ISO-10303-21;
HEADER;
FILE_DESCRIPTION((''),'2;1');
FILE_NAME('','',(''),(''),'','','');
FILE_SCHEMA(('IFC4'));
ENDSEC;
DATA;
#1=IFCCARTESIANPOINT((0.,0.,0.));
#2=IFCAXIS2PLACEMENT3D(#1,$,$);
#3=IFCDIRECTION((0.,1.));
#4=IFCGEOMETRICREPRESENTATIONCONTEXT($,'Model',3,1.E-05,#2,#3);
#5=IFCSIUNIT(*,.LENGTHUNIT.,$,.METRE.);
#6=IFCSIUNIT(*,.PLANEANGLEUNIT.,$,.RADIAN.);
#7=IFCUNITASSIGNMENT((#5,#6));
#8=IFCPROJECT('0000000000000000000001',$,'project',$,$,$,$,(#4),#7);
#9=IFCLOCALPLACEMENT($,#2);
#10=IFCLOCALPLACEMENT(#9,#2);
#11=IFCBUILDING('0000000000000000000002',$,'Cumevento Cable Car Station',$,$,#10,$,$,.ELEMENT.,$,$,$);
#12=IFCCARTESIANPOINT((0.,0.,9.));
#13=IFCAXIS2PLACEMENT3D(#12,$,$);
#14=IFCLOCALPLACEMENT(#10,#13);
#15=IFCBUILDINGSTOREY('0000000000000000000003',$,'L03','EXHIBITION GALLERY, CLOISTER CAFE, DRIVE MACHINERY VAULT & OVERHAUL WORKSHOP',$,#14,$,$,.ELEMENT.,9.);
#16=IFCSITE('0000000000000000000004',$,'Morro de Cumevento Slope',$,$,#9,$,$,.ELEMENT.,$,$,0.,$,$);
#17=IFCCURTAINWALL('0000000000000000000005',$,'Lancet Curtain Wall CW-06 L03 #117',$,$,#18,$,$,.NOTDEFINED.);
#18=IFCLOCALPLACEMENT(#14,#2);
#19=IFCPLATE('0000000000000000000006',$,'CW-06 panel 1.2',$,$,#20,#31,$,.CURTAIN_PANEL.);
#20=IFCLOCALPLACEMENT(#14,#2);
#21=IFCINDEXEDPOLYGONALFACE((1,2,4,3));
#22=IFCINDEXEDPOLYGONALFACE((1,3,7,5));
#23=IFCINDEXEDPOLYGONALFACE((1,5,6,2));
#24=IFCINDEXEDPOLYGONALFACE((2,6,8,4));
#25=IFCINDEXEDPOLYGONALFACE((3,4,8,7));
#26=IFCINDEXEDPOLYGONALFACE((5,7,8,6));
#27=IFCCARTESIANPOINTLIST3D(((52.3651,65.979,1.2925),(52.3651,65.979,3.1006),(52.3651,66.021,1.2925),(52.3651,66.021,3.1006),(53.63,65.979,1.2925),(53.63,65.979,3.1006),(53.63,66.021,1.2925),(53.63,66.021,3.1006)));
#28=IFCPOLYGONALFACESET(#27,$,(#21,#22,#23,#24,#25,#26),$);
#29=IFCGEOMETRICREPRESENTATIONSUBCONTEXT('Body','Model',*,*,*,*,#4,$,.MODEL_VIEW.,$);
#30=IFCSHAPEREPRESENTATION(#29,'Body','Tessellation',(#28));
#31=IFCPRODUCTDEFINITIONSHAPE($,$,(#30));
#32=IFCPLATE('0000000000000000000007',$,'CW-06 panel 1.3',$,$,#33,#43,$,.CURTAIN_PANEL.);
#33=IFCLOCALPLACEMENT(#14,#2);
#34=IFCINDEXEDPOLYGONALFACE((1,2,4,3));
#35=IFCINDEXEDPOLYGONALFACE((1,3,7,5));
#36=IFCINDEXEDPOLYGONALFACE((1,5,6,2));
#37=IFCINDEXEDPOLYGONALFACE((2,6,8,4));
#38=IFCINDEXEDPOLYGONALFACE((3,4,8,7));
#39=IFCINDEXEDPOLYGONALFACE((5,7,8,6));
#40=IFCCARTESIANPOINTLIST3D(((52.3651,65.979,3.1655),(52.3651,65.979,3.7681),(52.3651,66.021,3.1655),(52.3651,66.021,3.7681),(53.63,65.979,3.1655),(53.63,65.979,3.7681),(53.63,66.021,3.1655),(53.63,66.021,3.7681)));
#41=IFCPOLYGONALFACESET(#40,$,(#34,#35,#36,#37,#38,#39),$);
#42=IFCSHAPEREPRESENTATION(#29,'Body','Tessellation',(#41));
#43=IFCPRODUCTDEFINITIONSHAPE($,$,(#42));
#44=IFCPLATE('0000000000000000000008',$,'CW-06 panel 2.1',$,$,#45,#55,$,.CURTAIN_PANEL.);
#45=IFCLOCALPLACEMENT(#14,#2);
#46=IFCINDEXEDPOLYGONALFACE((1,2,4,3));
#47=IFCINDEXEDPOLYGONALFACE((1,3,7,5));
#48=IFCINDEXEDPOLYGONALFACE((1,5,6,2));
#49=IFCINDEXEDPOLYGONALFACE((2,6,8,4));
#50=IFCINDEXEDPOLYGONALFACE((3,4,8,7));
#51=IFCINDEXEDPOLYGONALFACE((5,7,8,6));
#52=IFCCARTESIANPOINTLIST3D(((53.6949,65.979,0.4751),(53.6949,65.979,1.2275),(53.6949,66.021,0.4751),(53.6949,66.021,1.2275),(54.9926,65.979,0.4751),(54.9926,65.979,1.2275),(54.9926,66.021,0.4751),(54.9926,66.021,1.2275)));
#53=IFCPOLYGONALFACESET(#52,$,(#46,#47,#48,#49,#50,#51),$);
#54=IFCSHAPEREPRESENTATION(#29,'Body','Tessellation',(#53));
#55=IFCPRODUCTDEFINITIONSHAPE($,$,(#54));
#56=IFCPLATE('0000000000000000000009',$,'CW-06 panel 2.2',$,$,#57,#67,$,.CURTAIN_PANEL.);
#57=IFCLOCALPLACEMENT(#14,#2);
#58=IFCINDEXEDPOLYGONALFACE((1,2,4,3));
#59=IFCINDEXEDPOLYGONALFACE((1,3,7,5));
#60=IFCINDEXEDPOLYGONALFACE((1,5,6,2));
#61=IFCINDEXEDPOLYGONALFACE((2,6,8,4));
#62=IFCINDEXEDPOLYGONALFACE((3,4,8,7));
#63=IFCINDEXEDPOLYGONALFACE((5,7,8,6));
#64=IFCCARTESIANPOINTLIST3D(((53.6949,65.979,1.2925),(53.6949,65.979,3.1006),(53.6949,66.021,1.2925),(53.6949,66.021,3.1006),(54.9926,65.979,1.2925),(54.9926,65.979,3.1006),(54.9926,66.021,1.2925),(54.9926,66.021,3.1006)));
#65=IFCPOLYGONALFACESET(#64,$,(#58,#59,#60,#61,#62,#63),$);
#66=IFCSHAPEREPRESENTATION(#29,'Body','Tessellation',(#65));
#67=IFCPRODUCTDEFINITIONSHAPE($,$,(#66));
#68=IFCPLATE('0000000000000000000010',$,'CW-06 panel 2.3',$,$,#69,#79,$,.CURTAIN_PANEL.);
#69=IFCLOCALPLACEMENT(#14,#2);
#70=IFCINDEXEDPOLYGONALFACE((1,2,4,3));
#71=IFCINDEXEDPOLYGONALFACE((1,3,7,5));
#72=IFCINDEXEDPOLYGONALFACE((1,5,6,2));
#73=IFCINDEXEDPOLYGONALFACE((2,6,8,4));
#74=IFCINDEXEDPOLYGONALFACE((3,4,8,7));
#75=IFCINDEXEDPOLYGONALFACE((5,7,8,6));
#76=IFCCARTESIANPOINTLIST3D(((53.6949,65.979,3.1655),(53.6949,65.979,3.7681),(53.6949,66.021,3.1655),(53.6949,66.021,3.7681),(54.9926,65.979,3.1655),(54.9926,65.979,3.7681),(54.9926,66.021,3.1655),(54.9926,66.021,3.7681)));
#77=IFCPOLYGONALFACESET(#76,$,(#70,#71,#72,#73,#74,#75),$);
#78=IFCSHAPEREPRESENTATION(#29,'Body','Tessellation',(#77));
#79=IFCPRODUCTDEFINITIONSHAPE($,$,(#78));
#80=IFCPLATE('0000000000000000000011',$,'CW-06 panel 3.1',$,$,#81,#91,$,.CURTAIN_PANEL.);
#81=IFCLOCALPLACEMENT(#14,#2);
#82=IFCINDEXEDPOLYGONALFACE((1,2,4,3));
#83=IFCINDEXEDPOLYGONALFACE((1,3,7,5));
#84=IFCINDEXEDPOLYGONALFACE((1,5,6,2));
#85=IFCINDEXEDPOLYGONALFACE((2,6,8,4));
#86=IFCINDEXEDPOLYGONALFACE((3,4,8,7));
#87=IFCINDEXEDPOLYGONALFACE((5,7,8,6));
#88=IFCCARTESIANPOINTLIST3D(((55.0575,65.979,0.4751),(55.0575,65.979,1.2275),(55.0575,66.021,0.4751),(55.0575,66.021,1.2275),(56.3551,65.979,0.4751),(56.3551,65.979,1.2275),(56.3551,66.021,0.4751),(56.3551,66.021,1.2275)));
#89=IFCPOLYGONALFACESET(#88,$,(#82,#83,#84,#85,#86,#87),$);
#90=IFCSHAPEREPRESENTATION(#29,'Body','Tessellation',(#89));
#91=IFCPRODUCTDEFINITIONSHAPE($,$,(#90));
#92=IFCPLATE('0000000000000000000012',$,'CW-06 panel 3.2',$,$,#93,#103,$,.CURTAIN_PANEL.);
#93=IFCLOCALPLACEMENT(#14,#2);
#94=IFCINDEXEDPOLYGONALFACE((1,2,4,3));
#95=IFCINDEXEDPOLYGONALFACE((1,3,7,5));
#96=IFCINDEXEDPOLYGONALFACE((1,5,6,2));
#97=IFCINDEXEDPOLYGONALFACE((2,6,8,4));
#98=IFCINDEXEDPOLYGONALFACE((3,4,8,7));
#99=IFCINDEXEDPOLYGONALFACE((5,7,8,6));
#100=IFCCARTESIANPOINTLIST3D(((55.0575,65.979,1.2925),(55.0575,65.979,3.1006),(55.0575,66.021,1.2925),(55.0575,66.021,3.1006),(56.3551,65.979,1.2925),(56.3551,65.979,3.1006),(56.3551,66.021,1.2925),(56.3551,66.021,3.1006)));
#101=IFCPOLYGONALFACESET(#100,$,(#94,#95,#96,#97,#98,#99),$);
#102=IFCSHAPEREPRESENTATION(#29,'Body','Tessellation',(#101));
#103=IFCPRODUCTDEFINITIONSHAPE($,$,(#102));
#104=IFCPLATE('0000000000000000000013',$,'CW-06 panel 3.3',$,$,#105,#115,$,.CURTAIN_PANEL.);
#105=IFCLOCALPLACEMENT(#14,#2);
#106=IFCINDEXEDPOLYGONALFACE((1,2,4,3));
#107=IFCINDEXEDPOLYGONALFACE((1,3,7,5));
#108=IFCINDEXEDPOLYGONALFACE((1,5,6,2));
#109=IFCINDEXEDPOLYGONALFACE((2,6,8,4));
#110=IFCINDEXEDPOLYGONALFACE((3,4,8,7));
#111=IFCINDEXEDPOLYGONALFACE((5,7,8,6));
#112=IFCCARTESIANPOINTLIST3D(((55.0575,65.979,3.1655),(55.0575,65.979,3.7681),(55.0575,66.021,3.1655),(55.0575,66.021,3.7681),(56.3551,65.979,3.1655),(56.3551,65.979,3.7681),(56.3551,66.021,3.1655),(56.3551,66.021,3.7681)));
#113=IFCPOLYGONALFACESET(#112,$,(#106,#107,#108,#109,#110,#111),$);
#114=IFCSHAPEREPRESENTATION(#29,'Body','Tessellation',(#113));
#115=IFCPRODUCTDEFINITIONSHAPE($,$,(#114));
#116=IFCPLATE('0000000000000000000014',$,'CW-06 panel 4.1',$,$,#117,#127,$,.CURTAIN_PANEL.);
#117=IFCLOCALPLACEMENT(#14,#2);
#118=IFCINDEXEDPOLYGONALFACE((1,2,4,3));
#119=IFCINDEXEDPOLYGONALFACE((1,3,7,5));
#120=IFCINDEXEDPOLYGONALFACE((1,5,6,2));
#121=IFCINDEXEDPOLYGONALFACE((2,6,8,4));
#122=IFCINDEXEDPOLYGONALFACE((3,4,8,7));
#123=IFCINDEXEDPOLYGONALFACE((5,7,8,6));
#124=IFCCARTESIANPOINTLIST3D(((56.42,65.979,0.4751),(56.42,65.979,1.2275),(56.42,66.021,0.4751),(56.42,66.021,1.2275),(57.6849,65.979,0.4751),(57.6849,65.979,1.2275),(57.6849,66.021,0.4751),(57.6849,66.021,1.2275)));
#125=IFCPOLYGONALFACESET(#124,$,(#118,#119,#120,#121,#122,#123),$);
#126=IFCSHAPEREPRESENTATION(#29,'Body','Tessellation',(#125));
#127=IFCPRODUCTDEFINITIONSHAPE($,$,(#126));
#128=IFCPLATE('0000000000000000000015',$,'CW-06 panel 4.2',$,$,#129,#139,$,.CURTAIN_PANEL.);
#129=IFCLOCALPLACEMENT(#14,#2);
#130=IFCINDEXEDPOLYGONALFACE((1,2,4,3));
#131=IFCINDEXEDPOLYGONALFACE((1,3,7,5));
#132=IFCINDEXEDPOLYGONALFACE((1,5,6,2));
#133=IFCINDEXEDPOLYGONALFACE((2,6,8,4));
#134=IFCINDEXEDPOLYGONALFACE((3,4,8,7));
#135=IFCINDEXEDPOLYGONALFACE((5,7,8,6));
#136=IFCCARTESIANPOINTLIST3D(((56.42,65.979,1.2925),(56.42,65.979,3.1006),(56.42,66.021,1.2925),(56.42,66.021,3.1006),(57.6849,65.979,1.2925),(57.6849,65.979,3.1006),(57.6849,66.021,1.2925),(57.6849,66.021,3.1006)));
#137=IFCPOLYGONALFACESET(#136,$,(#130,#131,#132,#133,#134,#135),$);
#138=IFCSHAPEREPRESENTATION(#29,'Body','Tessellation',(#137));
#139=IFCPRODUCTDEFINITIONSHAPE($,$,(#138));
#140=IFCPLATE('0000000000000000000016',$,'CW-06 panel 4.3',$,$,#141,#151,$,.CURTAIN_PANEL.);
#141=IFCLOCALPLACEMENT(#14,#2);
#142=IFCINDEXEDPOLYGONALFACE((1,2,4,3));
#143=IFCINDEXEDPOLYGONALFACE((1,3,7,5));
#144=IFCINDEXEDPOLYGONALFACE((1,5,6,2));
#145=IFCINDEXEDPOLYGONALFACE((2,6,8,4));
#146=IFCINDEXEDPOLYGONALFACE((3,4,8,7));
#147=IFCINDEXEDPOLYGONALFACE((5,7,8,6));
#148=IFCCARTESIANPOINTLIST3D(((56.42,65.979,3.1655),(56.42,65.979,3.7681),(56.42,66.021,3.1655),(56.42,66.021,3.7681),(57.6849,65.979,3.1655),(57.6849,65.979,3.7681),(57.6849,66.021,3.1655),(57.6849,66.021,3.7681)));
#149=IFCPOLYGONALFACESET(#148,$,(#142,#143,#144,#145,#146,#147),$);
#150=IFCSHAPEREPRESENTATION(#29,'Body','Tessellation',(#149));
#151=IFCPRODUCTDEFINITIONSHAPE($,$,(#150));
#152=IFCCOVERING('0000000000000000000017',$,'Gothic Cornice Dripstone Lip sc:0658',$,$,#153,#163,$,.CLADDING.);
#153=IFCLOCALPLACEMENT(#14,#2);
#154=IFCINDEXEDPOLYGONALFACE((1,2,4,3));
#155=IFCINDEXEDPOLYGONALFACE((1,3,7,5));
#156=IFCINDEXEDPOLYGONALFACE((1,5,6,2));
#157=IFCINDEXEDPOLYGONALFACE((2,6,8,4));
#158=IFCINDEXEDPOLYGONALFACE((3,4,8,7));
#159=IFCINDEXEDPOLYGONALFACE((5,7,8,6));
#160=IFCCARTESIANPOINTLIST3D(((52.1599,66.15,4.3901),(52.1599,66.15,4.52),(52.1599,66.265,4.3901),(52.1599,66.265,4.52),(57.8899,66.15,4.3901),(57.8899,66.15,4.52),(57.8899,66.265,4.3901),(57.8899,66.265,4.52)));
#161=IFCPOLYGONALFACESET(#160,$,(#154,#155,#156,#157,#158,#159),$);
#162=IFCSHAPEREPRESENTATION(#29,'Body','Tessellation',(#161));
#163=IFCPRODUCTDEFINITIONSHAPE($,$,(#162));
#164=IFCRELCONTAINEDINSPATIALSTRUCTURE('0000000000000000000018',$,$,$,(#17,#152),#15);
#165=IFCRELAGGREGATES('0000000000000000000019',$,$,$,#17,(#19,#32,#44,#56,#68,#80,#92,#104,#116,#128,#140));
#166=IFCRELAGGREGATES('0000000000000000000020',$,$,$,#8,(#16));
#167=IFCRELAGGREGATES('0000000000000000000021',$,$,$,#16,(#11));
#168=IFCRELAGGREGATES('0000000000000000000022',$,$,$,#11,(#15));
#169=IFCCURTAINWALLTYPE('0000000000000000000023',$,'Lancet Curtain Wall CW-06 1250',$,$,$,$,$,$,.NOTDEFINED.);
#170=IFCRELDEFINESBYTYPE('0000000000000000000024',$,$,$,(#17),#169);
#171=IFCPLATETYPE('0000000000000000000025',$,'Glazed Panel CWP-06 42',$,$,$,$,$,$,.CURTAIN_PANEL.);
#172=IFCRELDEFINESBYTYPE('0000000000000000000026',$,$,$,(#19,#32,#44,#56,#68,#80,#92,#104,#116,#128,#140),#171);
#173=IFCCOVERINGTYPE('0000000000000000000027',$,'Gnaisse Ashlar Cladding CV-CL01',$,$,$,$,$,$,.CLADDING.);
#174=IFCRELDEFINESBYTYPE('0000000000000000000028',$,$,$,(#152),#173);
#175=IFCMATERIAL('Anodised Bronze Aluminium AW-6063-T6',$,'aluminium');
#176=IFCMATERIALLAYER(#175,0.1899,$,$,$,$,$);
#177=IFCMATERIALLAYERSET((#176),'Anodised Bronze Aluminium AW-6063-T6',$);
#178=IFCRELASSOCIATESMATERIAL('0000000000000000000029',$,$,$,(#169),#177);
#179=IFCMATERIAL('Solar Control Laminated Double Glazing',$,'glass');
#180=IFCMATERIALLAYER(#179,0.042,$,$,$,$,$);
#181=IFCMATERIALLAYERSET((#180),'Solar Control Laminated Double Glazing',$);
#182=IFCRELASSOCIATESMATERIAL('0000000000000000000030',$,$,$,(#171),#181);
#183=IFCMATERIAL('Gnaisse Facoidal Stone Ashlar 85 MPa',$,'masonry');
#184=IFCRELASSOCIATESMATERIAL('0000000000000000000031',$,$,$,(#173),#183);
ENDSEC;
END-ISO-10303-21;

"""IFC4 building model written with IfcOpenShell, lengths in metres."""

from ifc_helpers import new_model, si_unit, direction, frame, origin, origin_2d, place, context, subcontext, project, spatial, rectangle, extrude, material, layer, layer_set, type_object, element, aggregate, save


model = new_model("IFC4")

# Units and contexts
model_context = context("Model", 3, precision=1e-05, world=origin(), true_north=direction((0.0, 1.0)))
body_context = subcontext(model_context, "Body", "Model", "MODEL_VIEW")
ifc_project = project(units=[si_unit("LENGTHUNIT", "METRE"), si_unit("PLANEANGLEUNIT", "RADIAN")], contexts=[model_context])

# Site, building, storey
site_placement = place(None, origin())
site = spatial("IfcSite", under=ifc_project, at=site_placement, Name="Morro de Cumevento Slope", CompositionType="ELEMENT", RefElevation=0.0)
building_placement = place(site_placement, origin())
building = spatial("IfcBuilding", under=site, at=building_placement, Name="Cumevento Cable Car Station", CompositionType="ELEMENT")
storey_placement = place(building_placement, frame((0.0, 0.0, 9.0)))
storey = spatial("IfcBuildingStorey", under=building, at=storey_placement, Name="L03", Description="EXHIBITION GALLERY, CLOISTER CAFE, DRIVE MACHINERY VAULT & OVERHAUL WORKSHOP", CompositionType="ELEMENT", Elevation=9.0)

# Curtain wall, plates
ifc_material_1 = material(Name="Anodised Bronze Aluminium AW-6063-T6", Category="aluminium")
ifc_layer_1 = layer(ifc_material_1, 0.1899)
ifc_layer_set_1 = layer_set([ifc_layer_1], Name="Anodised Bronze Aluminium AW-6063-T6")
curtain_wall_type = type_object("IfcCurtainWallType", Name="Lancet Curtain Wall CW-06 1250", PredefinedType="NOTDEFINED", material=ifc_layer_set_1)
curtain_wall_placement = place(storey_placement, origin())
curtain_wall = element("IfcCurtainWall", 1, at=curtain_wall_placement, inside=storey, type_object=curtain_wall_type, Name="Lancet Curtain Wall CW-06 L03 #117", PredefinedType="NOTDEFINED")
ifc_material_2 = material(Name="Solar Control Laminated Double Glazing", Category="glass")
ifc_layer_2 = layer(ifc_material_2, 0.042)
ifc_layer_set_2 = layer_set([ifc_layer_2], Name="Solar Control Laminated Double Glazing")
plate_type = type_object("IfcPlateType", Name="Glazed Panel CWP-06 42", PredefinedType="CURTAIN_PANEL", material=ifc_layer_set_2)
plate_1_placement = place(storey_placement, frame((52.9976, 66.0, 1.2925), z_axis=(0.0, 0.0, 1.0), x_axis=(1.0, 0.0, 0.0)))
plate_1 = element("IfcPlate", 2, at=plate_1_placement, type_object=plate_type, Name="CW-06 panel 1.2", PredefinedType="CURTAIN_PANEL", context=body_context, shape_type="SweptSolid", body=[
    extrude(rectangle(XDim=1.2649, YDim=0.042, at=origin_2d()), origin(), (0.0, 0.0, 1.0), 1.8081),
])
plate_2_placement = place(storey_placement, frame((52.9976, 66.0, 3.1655), z_axis=(0.0, 0.0, 1.0), x_axis=(1.0, 0.0, 0.0)))
plate_2 = element("IfcPlate", 3, at=plate_2_placement, type_object=plate_type, Name="CW-06 panel 1.3", PredefinedType="CURTAIN_PANEL", context=body_context, shape_type="SweptSolid", body=[
    extrude(rectangle(XDim=1.2649, YDim=0.042, at=origin_2d()), origin(), (0.0, 0.0, 1.0), 0.6025),
])
plate_3_placement = place(storey_placement, frame((54.3438, 66.0, 0.4751), z_axis=(0.0, 0.0, 1.0), x_axis=(1.0, 0.0, 0.0)))
plate_3 = element("IfcPlate", 4, at=plate_3_placement, type_object=plate_type, Name="CW-06 panel 2.1", PredefinedType="CURTAIN_PANEL", context=body_context, shape_type="SweptSolid", body=[
    extrude(rectangle(XDim=1.2976, YDim=0.042, at=origin_2d()), origin(), (0.0, 0.0, 1.0), 0.7524),
])
plate_4_placement = place(storey_placement, frame((54.3438, 66.0, 1.2925), z_axis=(0.0, 0.0, 1.0), x_axis=(1.0, 0.0, 0.0)))
plate_4 = element("IfcPlate", 5, at=plate_4_placement, type_object=plate_type, Name="CW-06 panel 2.2", PredefinedType="CURTAIN_PANEL", context=body_context, shape_type="SweptSolid", body=[
    extrude(rectangle(XDim=1.2976, YDim=0.042, at=origin_2d()), origin(), (0.0, 0.0, 1.0), 1.8081),
])
plate_5_placement = place(storey_placement, frame((54.3438, 66.0, 3.1655), z_axis=(0.0, 0.0, 1.0), x_axis=(1.0, 0.0, 0.0)))
plate_5 = element("IfcPlate", 6, at=plate_5_placement, type_object=plate_type, Name="CW-06 panel 2.3", PredefinedType="CURTAIN_PANEL", context=body_context, shape_type="SweptSolid", body=[
    extrude(rectangle(XDim=1.2976, YDim=0.042, at=origin_2d()), origin(), (0.0, 0.0, 1.0), 0.6025),
])
plate_6_placement = place(storey_placement, frame((55.7063, 66.0, 0.4751), z_axis=(0.0, 0.0, 1.0), x_axis=(1.0, 0.0, 0.0)))
plate_6 = element("IfcPlate", 7, at=plate_6_placement, type_object=plate_type, Name="CW-06 panel 3.1", PredefinedType="CURTAIN_PANEL", context=body_context, shape_type="SweptSolid", body=[
    extrude(rectangle(XDim=1.2976, YDim=0.042, at=origin_2d()), origin(), (0.0, 0.0, 1.0), 0.7524),
])
plate_7_placement = place(storey_placement, frame((55.7063, 66.0, 1.2925), z_axis=(0.0, 0.0, 1.0), x_axis=(1.0, 0.0, 0.0)))
plate_7 = element("IfcPlate", 8, at=plate_7_placement, type_object=plate_type, Name="CW-06 panel 3.2", PredefinedType="CURTAIN_PANEL", context=body_context, shape_type="SweptSolid", body=[
    extrude(rectangle(XDim=1.2976, YDim=0.042, at=origin_2d()), origin(), (0.0, 0.0, 1.0), 1.8081),
])
plate_8_placement = place(storey_placement, frame((55.7063, 66.0, 3.1655), z_axis=(0.0, 0.0, 1.0), x_axis=(1.0, 0.0, 0.0)))
plate_8 = element("IfcPlate", 9, at=plate_8_placement, type_object=plate_type, Name="CW-06 panel 3.3", PredefinedType="CURTAIN_PANEL", context=body_context, shape_type="SweptSolid", body=[
    extrude(rectangle(XDim=1.2976, YDim=0.042, at=origin_2d()), origin(), (0.0, 0.0, 1.0), 0.6025),
])
plate_9_placement = place(storey_placement, frame((57.0525, 66.0, 0.4751), z_axis=(0.0, 0.0, 1.0), x_axis=(1.0, 0.0, 0.0)))
plate_9 = element("IfcPlate", 10, at=plate_9_placement, type_object=plate_type, Name="CW-06 panel 4.1", PredefinedType="CURTAIN_PANEL", context=body_context, shape_type="SweptSolid", body=[
    extrude(rectangle(XDim=1.2649, YDim=0.042, at=origin_2d()), origin(), (0.0, 0.0, 1.0), 0.7524),
])
plate_10_placement = place(storey_placement, frame((57.0525, 66.0, 1.2925), z_axis=(0.0, 0.0, 1.0), x_axis=(1.0, 0.0, 0.0)))
plate_10 = element("IfcPlate", 11, at=plate_10_placement, type_object=plate_type, Name="CW-06 panel 4.2", PredefinedType="CURTAIN_PANEL", context=body_context, shape_type="SweptSolid", body=[
    extrude(rectangle(XDim=1.2649, YDim=0.042, at=origin_2d()), origin(), (0.0, 0.0, 1.0), 1.8081),
])
plate_11_placement = place(storey_placement, frame((57.0525, 66.0, 3.1655), z_axis=(0.0, 0.0, 1.0), x_axis=(1.0, 0.0, 0.0)))
plate_11 = element("IfcPlate", 12, at=plate_11_placement, type_object=plate_type, Name="CW-06 panel 4.3", PredefinedType="CURTAIN_PANEL", context=body_context, shape_type="SweptSolid", body=[
    extrude(rectangle(XDim=1.2649, YDim=0.042, at=origin_2d()), origin(), (0.0, 0.0, 1.0), 0.6025),
])
aggregate(curtain_wall, [plate_1, plate_2, plate_3, plate_4, plate_5, plate_6, plate_7, plate_8, plate_9, plate_10, plate_11])

# Covering
ifc_material_3 = material(Name="Gnaisse Facoidal Stone Ashlar 85 MPa", Category="masonry")
covering_type = type_object("IfcCoveringType", Name="Gnaisse Ashlar Cladding CV-CL01", PredefinedType="CLADDING", material=ifc_material_3)
covering_1_placement = place(storey_placement, frame((55.0249, 66.2075, 4.3901), z_axis=(0.0, 0.0, 1.0), x_axis=(1.0, 0.0, 0.0)))
element("IfcCovering", 13, at=covering_1_placement, inside=storey, type_object=covering_type, Name="Gothic Cornice Dripstone Lip sc:0658", PredefinedType="CLADDING", context=body_context, shape_type="SweptSolid", body=[
    extrude(rectangle(XDim=5.73, YDim=0.115, at=origin_2d()), origin(), (0.0, 0.0, 1.0), 0.1299),
])

save(model, "model.ifc")
